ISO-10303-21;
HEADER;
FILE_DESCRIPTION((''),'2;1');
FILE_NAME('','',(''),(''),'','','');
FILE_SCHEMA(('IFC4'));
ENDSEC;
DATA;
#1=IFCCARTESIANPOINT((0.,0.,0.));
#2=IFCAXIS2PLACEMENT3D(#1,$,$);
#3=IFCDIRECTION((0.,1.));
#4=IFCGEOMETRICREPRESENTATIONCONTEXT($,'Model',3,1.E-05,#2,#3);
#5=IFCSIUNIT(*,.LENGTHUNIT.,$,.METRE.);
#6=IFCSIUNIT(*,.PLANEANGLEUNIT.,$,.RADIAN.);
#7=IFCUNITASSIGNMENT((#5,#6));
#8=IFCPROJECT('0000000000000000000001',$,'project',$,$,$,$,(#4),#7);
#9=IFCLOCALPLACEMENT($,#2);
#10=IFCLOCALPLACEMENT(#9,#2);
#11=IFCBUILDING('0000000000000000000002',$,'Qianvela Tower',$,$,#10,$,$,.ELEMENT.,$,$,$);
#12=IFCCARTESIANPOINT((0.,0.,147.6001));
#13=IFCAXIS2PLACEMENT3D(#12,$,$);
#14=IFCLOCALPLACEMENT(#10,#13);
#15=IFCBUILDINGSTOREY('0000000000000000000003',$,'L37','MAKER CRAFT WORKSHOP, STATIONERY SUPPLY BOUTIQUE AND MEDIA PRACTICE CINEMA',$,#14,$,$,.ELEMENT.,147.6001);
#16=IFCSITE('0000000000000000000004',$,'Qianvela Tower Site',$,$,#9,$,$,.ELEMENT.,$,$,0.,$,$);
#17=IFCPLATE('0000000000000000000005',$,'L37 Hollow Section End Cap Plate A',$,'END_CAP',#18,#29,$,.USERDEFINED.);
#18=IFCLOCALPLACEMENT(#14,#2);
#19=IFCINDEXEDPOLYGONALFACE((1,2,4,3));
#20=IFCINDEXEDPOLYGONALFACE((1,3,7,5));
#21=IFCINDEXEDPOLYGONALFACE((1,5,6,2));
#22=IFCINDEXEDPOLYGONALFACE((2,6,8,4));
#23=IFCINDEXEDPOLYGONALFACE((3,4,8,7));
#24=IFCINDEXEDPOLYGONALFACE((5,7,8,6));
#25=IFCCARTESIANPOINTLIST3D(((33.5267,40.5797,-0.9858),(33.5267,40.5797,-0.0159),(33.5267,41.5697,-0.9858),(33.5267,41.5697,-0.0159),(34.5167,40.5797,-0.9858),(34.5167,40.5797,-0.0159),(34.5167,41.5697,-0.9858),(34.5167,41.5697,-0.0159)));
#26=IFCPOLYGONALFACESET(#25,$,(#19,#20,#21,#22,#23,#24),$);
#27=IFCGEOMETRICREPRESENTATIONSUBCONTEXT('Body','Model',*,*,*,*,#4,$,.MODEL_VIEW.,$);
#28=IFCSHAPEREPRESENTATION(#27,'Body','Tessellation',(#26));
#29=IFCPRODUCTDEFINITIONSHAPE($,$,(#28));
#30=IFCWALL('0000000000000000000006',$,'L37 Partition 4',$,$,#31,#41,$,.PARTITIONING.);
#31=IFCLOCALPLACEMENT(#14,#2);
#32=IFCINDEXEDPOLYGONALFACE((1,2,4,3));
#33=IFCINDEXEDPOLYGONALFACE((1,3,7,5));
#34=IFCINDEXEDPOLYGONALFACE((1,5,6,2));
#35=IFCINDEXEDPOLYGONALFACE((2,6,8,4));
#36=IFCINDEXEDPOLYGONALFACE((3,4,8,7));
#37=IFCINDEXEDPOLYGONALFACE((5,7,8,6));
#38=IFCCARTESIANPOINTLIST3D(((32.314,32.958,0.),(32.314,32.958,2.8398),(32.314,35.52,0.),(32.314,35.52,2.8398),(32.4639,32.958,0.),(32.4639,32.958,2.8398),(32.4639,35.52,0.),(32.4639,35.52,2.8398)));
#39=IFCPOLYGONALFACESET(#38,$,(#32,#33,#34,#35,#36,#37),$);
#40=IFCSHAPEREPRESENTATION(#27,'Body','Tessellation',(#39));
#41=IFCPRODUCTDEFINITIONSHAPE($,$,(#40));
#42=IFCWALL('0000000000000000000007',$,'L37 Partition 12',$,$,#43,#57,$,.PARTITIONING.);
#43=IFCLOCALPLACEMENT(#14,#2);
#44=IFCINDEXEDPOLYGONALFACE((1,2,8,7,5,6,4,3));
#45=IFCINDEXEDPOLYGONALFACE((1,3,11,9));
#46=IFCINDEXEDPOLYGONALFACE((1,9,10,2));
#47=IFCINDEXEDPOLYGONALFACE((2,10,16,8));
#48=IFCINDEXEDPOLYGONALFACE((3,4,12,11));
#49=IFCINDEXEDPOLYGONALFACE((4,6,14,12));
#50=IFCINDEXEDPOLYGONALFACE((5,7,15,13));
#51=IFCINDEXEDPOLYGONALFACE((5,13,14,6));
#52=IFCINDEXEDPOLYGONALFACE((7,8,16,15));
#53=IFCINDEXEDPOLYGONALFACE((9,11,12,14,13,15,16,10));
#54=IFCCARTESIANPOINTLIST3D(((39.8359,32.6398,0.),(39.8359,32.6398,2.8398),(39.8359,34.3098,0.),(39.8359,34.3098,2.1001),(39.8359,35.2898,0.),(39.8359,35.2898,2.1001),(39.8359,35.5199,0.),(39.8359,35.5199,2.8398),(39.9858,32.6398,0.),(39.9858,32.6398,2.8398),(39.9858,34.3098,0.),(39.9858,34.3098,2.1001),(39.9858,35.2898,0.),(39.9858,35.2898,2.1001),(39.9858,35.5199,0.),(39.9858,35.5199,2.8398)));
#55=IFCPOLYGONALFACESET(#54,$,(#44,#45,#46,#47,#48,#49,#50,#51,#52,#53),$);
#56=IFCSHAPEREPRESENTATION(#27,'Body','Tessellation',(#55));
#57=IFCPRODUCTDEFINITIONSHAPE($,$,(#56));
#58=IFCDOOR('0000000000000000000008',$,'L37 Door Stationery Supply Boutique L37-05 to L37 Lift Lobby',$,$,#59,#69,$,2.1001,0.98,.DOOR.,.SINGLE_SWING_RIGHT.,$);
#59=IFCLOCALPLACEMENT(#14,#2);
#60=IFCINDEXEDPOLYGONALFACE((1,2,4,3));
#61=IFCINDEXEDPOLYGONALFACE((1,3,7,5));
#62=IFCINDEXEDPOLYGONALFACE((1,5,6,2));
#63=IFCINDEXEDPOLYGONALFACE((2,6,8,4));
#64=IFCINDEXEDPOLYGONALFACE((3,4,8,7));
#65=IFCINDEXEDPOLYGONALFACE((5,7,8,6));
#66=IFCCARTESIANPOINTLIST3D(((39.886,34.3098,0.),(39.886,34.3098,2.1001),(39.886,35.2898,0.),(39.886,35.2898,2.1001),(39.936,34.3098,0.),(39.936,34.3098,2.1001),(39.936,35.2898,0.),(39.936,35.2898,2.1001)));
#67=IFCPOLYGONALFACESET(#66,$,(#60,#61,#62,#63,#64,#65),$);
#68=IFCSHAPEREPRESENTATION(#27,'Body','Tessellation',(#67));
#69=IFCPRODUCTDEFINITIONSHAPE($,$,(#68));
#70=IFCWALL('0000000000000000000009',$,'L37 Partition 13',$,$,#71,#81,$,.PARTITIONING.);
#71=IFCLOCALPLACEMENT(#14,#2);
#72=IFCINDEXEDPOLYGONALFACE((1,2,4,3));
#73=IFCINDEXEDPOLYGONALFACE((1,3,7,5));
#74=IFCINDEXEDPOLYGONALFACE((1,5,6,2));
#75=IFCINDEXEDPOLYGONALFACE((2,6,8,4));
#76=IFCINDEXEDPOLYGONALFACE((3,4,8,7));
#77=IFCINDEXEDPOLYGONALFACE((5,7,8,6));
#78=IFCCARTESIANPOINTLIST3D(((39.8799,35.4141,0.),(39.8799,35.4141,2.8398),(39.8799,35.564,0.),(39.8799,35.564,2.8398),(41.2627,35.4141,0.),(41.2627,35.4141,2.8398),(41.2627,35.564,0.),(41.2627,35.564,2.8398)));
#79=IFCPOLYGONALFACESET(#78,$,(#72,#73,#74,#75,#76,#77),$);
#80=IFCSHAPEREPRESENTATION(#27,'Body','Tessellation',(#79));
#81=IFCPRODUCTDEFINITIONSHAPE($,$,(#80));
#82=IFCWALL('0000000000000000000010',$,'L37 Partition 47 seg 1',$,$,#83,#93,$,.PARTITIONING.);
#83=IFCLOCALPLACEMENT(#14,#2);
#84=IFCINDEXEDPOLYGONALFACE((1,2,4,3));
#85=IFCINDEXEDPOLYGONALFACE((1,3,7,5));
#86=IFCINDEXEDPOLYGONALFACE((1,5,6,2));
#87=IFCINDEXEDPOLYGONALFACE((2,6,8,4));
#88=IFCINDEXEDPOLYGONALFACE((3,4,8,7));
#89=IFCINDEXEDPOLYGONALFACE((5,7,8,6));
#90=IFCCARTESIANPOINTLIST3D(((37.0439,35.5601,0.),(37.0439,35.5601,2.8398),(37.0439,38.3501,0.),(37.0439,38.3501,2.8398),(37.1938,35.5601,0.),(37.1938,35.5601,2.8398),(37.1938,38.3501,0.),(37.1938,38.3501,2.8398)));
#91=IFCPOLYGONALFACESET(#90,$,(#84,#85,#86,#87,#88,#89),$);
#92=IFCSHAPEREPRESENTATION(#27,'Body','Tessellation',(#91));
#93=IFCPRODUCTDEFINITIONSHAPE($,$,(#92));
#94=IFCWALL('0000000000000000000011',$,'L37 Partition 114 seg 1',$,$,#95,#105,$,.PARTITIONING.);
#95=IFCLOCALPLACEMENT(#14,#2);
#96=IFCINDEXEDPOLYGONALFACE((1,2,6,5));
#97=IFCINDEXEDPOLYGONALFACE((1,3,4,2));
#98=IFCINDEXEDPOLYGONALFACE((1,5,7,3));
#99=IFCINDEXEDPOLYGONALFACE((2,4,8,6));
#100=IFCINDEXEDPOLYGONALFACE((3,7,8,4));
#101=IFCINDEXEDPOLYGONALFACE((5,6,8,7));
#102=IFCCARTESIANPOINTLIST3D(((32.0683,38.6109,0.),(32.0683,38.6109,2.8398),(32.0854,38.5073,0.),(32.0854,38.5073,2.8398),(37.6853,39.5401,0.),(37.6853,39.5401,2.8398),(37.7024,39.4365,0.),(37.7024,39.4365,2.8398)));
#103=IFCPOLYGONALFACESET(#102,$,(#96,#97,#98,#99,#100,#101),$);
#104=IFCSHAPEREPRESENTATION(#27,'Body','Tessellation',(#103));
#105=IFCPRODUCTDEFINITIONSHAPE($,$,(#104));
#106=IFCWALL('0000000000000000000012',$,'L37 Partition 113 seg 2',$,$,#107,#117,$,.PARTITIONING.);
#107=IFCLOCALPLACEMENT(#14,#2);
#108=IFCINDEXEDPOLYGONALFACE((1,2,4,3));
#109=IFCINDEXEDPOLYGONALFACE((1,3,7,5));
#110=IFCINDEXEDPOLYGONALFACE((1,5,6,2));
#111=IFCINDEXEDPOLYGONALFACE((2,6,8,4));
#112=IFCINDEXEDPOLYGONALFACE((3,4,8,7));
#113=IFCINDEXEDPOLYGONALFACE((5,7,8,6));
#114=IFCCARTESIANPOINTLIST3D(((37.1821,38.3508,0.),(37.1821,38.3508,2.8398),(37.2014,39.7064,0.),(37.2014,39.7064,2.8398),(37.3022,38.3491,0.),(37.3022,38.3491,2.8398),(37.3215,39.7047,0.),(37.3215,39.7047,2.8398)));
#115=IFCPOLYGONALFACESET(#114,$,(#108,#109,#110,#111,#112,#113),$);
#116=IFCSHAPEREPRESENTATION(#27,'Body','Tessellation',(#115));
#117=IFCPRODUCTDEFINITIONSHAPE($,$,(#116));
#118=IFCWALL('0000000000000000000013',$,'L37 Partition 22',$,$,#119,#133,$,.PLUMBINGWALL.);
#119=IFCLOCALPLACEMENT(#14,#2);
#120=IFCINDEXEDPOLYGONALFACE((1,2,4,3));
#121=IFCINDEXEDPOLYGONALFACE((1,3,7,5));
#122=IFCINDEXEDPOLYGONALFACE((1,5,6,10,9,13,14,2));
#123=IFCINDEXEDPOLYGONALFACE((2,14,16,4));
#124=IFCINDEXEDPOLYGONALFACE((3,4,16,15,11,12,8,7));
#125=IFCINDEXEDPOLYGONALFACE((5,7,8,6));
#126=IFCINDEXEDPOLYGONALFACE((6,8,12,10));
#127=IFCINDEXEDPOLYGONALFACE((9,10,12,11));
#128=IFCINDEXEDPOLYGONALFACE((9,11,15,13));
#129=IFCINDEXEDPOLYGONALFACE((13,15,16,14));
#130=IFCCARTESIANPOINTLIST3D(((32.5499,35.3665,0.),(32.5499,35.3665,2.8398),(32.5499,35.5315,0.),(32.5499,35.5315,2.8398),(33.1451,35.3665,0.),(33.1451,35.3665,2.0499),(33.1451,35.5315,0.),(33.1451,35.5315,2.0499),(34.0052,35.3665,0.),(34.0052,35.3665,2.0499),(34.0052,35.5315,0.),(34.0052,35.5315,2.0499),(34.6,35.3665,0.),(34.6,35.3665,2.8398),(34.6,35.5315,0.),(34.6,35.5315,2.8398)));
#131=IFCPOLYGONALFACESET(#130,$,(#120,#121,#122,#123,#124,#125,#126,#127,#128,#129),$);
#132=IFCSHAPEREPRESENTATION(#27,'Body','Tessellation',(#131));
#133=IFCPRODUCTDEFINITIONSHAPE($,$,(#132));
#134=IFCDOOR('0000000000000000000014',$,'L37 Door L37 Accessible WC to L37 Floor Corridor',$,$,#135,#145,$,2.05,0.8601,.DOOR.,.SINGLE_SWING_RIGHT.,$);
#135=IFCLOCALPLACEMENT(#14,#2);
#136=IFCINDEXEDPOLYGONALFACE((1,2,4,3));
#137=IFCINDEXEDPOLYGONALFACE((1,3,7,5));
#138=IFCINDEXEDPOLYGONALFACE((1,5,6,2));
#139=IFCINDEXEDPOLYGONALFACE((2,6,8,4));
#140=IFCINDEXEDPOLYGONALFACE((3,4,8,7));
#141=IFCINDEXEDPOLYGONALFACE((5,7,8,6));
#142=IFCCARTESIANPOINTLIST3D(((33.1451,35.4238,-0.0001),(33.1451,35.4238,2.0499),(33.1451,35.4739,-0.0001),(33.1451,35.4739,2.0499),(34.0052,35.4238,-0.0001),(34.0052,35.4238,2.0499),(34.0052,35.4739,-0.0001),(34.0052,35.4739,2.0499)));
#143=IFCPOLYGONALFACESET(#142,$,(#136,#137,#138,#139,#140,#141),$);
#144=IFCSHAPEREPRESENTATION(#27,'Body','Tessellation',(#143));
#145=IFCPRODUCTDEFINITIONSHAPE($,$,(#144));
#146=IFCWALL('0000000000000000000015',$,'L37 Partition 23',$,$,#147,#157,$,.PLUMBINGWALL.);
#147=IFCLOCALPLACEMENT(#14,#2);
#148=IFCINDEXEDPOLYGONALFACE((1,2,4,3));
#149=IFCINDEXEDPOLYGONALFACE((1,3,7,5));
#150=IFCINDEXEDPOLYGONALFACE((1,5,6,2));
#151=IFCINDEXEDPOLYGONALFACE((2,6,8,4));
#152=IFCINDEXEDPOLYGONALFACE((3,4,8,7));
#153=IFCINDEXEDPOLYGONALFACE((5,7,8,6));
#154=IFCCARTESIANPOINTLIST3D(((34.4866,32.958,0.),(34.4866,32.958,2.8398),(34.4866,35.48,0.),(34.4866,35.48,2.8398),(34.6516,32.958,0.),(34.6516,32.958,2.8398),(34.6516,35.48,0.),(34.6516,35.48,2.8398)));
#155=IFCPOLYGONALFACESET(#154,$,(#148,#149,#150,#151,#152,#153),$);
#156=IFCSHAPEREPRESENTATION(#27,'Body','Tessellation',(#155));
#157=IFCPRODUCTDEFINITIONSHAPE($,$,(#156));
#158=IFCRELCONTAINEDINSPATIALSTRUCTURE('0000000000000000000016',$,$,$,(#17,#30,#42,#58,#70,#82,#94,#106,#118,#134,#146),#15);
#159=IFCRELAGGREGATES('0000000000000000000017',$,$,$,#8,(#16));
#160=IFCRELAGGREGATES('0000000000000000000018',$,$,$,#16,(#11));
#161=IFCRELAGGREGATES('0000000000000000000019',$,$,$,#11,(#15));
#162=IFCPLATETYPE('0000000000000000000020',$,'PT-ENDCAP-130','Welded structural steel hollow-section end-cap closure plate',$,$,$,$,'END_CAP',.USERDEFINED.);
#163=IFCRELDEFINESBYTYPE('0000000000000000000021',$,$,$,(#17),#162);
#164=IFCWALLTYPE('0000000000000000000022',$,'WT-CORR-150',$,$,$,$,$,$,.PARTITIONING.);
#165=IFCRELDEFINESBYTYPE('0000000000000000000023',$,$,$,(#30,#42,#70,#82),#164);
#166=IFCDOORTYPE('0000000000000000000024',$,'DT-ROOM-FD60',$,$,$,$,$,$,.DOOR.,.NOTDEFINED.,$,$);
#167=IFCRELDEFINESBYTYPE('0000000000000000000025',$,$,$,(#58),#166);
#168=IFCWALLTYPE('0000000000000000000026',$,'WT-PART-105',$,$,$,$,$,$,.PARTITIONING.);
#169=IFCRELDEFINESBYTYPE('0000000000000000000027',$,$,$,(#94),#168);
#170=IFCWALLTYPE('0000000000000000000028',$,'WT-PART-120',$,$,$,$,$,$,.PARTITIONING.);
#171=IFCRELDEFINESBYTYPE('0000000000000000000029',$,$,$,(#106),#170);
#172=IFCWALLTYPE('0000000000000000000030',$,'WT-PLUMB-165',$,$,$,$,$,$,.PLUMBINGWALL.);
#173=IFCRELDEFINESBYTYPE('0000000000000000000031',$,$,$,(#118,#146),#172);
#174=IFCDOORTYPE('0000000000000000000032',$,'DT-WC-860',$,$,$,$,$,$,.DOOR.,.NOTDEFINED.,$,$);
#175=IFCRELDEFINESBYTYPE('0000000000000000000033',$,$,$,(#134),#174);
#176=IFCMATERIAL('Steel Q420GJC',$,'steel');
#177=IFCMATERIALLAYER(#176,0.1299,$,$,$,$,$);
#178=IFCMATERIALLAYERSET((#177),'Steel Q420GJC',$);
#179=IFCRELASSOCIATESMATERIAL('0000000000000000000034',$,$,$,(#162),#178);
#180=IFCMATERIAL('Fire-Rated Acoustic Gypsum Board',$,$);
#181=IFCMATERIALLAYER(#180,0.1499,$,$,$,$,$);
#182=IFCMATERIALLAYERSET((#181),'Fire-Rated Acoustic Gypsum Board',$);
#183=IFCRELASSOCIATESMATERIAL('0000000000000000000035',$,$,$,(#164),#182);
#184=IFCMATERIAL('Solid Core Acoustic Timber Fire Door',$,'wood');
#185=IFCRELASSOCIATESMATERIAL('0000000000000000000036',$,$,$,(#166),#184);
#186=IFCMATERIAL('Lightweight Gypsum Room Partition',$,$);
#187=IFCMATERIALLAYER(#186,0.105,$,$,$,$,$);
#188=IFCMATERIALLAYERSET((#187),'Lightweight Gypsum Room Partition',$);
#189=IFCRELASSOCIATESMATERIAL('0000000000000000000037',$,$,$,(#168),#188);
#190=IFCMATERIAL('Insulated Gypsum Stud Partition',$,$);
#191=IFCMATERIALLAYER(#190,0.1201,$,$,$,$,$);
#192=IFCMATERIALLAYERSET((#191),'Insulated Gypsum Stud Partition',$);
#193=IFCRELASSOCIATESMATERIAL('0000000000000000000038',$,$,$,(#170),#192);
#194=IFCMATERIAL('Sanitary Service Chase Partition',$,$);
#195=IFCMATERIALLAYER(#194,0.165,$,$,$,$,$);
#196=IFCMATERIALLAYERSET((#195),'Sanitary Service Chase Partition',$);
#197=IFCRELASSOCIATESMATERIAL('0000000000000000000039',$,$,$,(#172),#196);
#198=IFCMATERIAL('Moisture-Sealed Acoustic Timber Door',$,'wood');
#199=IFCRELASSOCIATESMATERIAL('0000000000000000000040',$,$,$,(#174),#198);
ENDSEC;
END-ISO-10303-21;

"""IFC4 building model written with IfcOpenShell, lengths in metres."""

from ifc_helpers import new_model, si_unit, direction, frame, frame_2d, origin, origin_2d, place, context, subcontext, project, spatial, rectangle, extrude, material, layer, layer_set, type_object, element, fill, save


model = new_model("IFC4")

# Units and contexts
model_context = context("Model", 3, precision=1e-05, world=origin(), true_north=direction((0.0, 1.0)))
body_context = subcontext(model_context, "Body", "Model", "MODEL_VIEW")
ifc_project = project(units=[si_unit("LENGTHUNIT", "METRE"), si_unit("PLANEANGLEUNIT", "RADIAN")], contexts=[model_context])

# Site, building, storey
site_placement = place(None, origin())
site = spatial("IfcSite", under=ifc_project, at=site_placement, Name="Qianvela Tower Site", CompositionType="ELEMENT", RefElevation=0.0)
building_placement = place(site_placement, origin())
building = spatial("IfcBuilding", under=site, at=building_placement, Name="Qianvela Tower", CompositionType="ELEMENT")
storey_placement = place(building_placement, frame((0.0, 0.0, 147.6001)))
storey = spatial("IfcBuildingStorey", under=building, at=storey_placement, Name="L37", Description="MAKER CRAFT WORKSHOP, STATIONERY SUPPLY BOUTIQUE AND MEDIA PRACTICE CINEMA", CompositionType="ELEMENT", Elevation=147.6001)

# Plate
ifc_material_1 = material(Name="Steel Q420GJC", Category="steel")
ifc_layer_1 = layer(ifc_material_1, 0.1299)
ifc_layer_set_1 = layer_set([ifc_layer_1], Name="Steel Q420GJC")
plate_type_1 = type_object("IfcPlateType", Name="PT-ENDCAP-130", Description="Welded structural steel hollow-section end-cap closure plate", ElementType="END_CAP", PredefinedType="USERDEFINED", material=ifc_layer_set_1)
plate_1_placement = place(storey_placement, frame((34.0217, 41.0747, -0.9858), z_axis=(0.0, 0.0, 1.0), x_axis=(1.0, 0.0, 0.0)))
element("IfcPlate", 1, at=plate_1_placement, inside=storey, type_object=plate_type_1, Name="L37 Hollow Section End Cap Plate A", ObjectType="END_CAP", PredefinedType="USERDEFINED", context=body_context, shape_type="SweptSolid", body=[
    extrude(rectangle(XDim=0.99, YDim=0.99, at=origin_2d()), origin(), (0.0, 0.0, 1.0), 0.97),
])

# Wall
ifc_material_2 = material(Name="Fire-Rated Acoustic Gypsum Board")
ifc_layer_2 = layer(ifc_material_2, 0.1499)
ifc_layer_set_2 = layer_set([ifc_layer_2], Name="Fire-Rated Acoustic Gypsum Board")
wall_type_1 = type_object("IfcWallType", Name="WT-CORR-150", PredefinedType="PARTITIONING", material=ifc_layer_set_2)
wall_1_placement = place(storey_placement, frame((32.3889, 35.52, 0.0), z_axis=(0.0, 0.0, 1.0), x_axis=(0.0, -1.0, 0.0)))
element("IfcWall", 2, at=wall_1_placement, inside=storey, type_object=wall_type_1, Name="L37 Partition 4", PredefinedType="PARTITIONING", context=body_context, shape_type="SweptSolid", body=[
    extrude(rectangle(XDim=2.562, YDim=0.1499, at=frame_2d((1.281, 0.0))), origin(), (0.0, 0.0, 1.0), 2.8398),
])

# Wall, opening, door
wall_2_placement = place(storey_placement, frame((39.9109, 32.6399, 0.0), z_axis=(0.0, 0.0, 1.0), x_axis=(0.0, 1.0, 0.0)))
wall_2 = element("IfcWall", 3, at=wall_2_placement, inside=storey, type_object=wall_type_1, Name="L37 Partition 12", PredefinedType="PARTITIONING", context=body_context, shape_type="SweptSolid", body=[
    extrude(rectangle(XDim=2.8801, YDim=0.1499, at=frame_2d((1.4399, 0.0))), origin(), (0.0, 0.0, 1.0), 2.8398),
])
opening_1_placement = place(wall_2_placement, frame((1.6699, 0.0, 0.0)))
opening_1 = element("IfcOpeningElement", 4, at=opening_1_placement, cuts=wall_2, PredefinedType="OPENING", context=body_context, shape_type="SweptSolid", body=[
    extrude(rectangle(XDim=0.98, YDim=2.1001, at=frame_2d((0.49, 1.05))), frame((0.0, 0.085, 0.0), z_axis=(0.0, -1.0, 0.0), x_axis=(1.0, 0.0, 0.0)), (0.0, 0.0, 1.0), 0.1699),
])
ifc_material_3 = material(Name="Solid Core Acoustic Timber Fire Door", Category="wood")
door_type_1 = type_object("IfcDoorType", Name="DT-ROOM-FD60", OperationType="NOTDEFINED", PredefinedType="DOOR", material=ifc_material_3)
door_1_placement = place(opening_1_placement, origin())
door_1 = element("IfcDoor", 5, at=door_1_placement, inside=storey, type_object=door_type_1, Name="L37 Door Stationery Supply Boutique L37-05 to L37 Lift Lobby", OperationType="SINGLE_SWING_RIGHT", OverallHeight=2.1001, OverallWidth=0.98, PredefinedType="DOOR", context=body_context, shape_type="SweptSolid", body=[
    extrude(rectangle(XDim=0.98, YDim=2.1001, at=frame_2d((0.49, 1.05))), frame((0.0, 0.0249, 0.0), z_axis=(0.0, -1.0, 0.0), x_axis=(1.0, 0.0, 0.0)), (0.0, 0.0, 1.0), 0.05),
])
fill(opening_1, door_1)

# Walls
wall_3_placement = place(storey_placement, frame((39.8799, 35.489, 0.0), z_axis=(0.0, 0.0, 1.0), x_axis=(1.0, 0.0, 0.0)))
element("IfcWall", 6, at=wall_3_placement, inside=storey, type_object=wall_type_1, Name="L37 Partition 13", PredefinedType="PARTITIONING", context=body_context, shape_type="SweptSolid", body=[
    extrude(rectangle(XDim=1.3828, YDim=0.1499, at=frame_2d((0.6914, 0.0))), origin(), (0.0, 0.0, 1.0), 2.8398),
])
wall_4_placement = place(storey_placement, frame((37.1189, 38.3501, 0.0), z_axis=(0.0, 0.0, 1.0), x_axis=(0.0, -1.0, 0.0)))
element("IfcWall", 7, at=wall_4_placement, inside=storey, type_object=wall_type_1, Name="L37 Partition 47 seg 1", PredefinedType="PARTITIONING", context=body_context, shape_type="SweptSolid", body=[
    extrude(rectangle(XDim=2.79, YDim=0.1499, at=frame_2d((1.395, 0.0))), origin(), (0.0, 0.0, 1.0), 2.8398),
])
ifc_material_4 = material(Name="Lightweight Gypsum Room Partition")
ifc_layer_3 = layer(ifc_material_4, 0.105)
ifc_layer_set_3 = layer_set([ifc_layer_3], Name="Lightweight Gypsum Room Partition")
wall_type_2 = type_object("IfcWallType", Name="WT-PART-105", PredefinedType="PARTITIONING", material=ifc_layer_set_3)
wall_5_placement = place(storey_placement, frame((37.6938, 39.4883, 0.0), z_axis=(0.0, 0.0, 1.0), x_axis=(-0.986591, -0.16321, 0.0)))
element("IfcWall", 8, at=wall_5_placement, inside=storey, type_object=wall_type_2, Name="L37 Partition 114 seg 1", PredefinedType="PARTITIONING", context=body_context, shape_type="SweptSolid", body=[
    extrude(rectangle(XDim=5.6934, YDim=0.105, at=frame_2d((2.8467, 0.0))), origin(), (0.0, 0.0, 1.0), 2.8398),
])
ifc_material_5 = material(Name="Insulated Gypsum Stud Partition")
ifc_layer_4 = layer(ifc_material_5, 0.1201)
ifc_layer_set_4 = layer_set([ifc_layer_4], Name="Insulated Gypsum Stud Partition")
wall_type_3 = type_object("IfcWallType", Name="WT-PART-120", PredefinedType="PARTITIONING", material=ifc_layer_set_4)
wall_6_placement = place(storey_placement, frame((37.2422, 38.3501, 0.0), z_axis=(0.0, 0.0, 1.0), x_axis=(0.014228, 0.999899, 0.0)))
element("IfcWall", 9, at=wall_6_placement, inside=storey, type_object=wall_type_3, Name="L37 Partition 113 seg 2", PredefinedType="PARTITIONING", context=body_context, shape_type="SweptSolid", body=[
    extrude(rectangle(XDim=1.3557, YDim=0.1201, at=frame_2d((0.6777, 0.0))), origin(), (0.0, 0.0, 1.0), 2.8398),
])

# Wall, opening, door
ifc_material_6 = material(Name="Sanitary Service Chase Partition")
ifc_layer_5 = layer(ifc_material_6, 0.165)
ifc_layer_set_5 = layer_set([ifc_layer_5], Name="Sanitary Service Chase Partition")
wall_type_4 = type_object("IfcWallType", Name="WT-PLUMB-165", PredefinedType="PLUMBINGWALL", material=ifc_layer_set_5)
wall_7_placement = place(storey_placement, frame((32.55, 35.449, 0.0), z_axis=(0.0, 0.0, 1.0), x_axis=(1.0, 0.0, 0.0)))
wall_7 = element("IfcWall", 10, at=wall_7_placement, inside=storey, type_object=wall_type_4, Name="L37 Partition 22", PredefinedType="PLUMBINGWALL", context=body_context, shape_type="SweptSolid", body=[
    extrude(rectangle(XDim=2.05, YDim=0.165, at=frame_2d((1.0249, 0.0))), origin(), (0.0, 0.0, 1.0), 2.8398),
])
opening_2_placement = place(wall_7_placement, frame((0.595, 0.0, 0.0)))
opening_2 = element("IfcOpeningElement", 11, at=opening_2_placement, cuts=wall_7, PredefinedType="OPENING", context=body_context, shape_type="SweptSolid", body=[
    extrude(rectangle(XDim=0.8601, YDim=2.05, at=frame_2d((0.4302, 1.0249))), frame((0.0, 0.0925, 0.0), z_axis=(0.0, -1.0, 0.0), x_axis=(1.0, 0.0, 0.0)), (0.0, 0.0, 1.0), 0.1851),
])
ifc_material_7 = material(Name="Moisture-Sealed Acoustic Timber Door", Category="wood")
door_type_2 = type_object("IfcDoorType", Name="DT-WC-860", OperationType="NOTDEFINED", PredefinedType="DOOR", material=ifc_material_7)
door_2_placement = place(opening_2_placement, origin())
door_2 = element("IfcDoor", 12, at=door_2_placement, inside=storey, type_object=door_type_2, Name="L37 Door L37 Accessible WC to L37 Floor Corridor", OperationType="SINGLE_SWING_RIGHT", OverallHeight=2.05, OverallWidth=0.8601, PredefinedType="DOOR", context=body_context, shape_type="SweptSolid", body=[
    extrude(rectangle(XDim=0.8601, YDim=2.05, at=frame_2d((0.4302, 1.0249))), frame((0.0, 0.0249, 0.0), z_axis=(0.0, -1.0, 0.0), x_axis=(1.0, 0.0, 0.0)), (0.0, 0.0, 1.0), 0.05),
])
fill(opening_2, door_2)

# Wall
wall_8_placement = place(storey_placement, frame((34.5691, 35.48, 0.0), z_axis=(0.0, 0.0, 1.0), x_axis=(0.0, -1.0, 0.0)))
element("IfcWall", 13, at=wall_8_placement, inside=storey, type_object=wall_type_4, Name="L37 Partition 23", PredefinedType="PLUMBINGWALL", context=body_context, shape_type="SweptSolid", body=[
    extrude(rectangle(XDim=2.522, YDim=0.165, at=frame_2d((1.261, 0.0))), origin(), (0.0, 0.0, 1.0), 2.8398),
])

save(model, "model.ifc")
